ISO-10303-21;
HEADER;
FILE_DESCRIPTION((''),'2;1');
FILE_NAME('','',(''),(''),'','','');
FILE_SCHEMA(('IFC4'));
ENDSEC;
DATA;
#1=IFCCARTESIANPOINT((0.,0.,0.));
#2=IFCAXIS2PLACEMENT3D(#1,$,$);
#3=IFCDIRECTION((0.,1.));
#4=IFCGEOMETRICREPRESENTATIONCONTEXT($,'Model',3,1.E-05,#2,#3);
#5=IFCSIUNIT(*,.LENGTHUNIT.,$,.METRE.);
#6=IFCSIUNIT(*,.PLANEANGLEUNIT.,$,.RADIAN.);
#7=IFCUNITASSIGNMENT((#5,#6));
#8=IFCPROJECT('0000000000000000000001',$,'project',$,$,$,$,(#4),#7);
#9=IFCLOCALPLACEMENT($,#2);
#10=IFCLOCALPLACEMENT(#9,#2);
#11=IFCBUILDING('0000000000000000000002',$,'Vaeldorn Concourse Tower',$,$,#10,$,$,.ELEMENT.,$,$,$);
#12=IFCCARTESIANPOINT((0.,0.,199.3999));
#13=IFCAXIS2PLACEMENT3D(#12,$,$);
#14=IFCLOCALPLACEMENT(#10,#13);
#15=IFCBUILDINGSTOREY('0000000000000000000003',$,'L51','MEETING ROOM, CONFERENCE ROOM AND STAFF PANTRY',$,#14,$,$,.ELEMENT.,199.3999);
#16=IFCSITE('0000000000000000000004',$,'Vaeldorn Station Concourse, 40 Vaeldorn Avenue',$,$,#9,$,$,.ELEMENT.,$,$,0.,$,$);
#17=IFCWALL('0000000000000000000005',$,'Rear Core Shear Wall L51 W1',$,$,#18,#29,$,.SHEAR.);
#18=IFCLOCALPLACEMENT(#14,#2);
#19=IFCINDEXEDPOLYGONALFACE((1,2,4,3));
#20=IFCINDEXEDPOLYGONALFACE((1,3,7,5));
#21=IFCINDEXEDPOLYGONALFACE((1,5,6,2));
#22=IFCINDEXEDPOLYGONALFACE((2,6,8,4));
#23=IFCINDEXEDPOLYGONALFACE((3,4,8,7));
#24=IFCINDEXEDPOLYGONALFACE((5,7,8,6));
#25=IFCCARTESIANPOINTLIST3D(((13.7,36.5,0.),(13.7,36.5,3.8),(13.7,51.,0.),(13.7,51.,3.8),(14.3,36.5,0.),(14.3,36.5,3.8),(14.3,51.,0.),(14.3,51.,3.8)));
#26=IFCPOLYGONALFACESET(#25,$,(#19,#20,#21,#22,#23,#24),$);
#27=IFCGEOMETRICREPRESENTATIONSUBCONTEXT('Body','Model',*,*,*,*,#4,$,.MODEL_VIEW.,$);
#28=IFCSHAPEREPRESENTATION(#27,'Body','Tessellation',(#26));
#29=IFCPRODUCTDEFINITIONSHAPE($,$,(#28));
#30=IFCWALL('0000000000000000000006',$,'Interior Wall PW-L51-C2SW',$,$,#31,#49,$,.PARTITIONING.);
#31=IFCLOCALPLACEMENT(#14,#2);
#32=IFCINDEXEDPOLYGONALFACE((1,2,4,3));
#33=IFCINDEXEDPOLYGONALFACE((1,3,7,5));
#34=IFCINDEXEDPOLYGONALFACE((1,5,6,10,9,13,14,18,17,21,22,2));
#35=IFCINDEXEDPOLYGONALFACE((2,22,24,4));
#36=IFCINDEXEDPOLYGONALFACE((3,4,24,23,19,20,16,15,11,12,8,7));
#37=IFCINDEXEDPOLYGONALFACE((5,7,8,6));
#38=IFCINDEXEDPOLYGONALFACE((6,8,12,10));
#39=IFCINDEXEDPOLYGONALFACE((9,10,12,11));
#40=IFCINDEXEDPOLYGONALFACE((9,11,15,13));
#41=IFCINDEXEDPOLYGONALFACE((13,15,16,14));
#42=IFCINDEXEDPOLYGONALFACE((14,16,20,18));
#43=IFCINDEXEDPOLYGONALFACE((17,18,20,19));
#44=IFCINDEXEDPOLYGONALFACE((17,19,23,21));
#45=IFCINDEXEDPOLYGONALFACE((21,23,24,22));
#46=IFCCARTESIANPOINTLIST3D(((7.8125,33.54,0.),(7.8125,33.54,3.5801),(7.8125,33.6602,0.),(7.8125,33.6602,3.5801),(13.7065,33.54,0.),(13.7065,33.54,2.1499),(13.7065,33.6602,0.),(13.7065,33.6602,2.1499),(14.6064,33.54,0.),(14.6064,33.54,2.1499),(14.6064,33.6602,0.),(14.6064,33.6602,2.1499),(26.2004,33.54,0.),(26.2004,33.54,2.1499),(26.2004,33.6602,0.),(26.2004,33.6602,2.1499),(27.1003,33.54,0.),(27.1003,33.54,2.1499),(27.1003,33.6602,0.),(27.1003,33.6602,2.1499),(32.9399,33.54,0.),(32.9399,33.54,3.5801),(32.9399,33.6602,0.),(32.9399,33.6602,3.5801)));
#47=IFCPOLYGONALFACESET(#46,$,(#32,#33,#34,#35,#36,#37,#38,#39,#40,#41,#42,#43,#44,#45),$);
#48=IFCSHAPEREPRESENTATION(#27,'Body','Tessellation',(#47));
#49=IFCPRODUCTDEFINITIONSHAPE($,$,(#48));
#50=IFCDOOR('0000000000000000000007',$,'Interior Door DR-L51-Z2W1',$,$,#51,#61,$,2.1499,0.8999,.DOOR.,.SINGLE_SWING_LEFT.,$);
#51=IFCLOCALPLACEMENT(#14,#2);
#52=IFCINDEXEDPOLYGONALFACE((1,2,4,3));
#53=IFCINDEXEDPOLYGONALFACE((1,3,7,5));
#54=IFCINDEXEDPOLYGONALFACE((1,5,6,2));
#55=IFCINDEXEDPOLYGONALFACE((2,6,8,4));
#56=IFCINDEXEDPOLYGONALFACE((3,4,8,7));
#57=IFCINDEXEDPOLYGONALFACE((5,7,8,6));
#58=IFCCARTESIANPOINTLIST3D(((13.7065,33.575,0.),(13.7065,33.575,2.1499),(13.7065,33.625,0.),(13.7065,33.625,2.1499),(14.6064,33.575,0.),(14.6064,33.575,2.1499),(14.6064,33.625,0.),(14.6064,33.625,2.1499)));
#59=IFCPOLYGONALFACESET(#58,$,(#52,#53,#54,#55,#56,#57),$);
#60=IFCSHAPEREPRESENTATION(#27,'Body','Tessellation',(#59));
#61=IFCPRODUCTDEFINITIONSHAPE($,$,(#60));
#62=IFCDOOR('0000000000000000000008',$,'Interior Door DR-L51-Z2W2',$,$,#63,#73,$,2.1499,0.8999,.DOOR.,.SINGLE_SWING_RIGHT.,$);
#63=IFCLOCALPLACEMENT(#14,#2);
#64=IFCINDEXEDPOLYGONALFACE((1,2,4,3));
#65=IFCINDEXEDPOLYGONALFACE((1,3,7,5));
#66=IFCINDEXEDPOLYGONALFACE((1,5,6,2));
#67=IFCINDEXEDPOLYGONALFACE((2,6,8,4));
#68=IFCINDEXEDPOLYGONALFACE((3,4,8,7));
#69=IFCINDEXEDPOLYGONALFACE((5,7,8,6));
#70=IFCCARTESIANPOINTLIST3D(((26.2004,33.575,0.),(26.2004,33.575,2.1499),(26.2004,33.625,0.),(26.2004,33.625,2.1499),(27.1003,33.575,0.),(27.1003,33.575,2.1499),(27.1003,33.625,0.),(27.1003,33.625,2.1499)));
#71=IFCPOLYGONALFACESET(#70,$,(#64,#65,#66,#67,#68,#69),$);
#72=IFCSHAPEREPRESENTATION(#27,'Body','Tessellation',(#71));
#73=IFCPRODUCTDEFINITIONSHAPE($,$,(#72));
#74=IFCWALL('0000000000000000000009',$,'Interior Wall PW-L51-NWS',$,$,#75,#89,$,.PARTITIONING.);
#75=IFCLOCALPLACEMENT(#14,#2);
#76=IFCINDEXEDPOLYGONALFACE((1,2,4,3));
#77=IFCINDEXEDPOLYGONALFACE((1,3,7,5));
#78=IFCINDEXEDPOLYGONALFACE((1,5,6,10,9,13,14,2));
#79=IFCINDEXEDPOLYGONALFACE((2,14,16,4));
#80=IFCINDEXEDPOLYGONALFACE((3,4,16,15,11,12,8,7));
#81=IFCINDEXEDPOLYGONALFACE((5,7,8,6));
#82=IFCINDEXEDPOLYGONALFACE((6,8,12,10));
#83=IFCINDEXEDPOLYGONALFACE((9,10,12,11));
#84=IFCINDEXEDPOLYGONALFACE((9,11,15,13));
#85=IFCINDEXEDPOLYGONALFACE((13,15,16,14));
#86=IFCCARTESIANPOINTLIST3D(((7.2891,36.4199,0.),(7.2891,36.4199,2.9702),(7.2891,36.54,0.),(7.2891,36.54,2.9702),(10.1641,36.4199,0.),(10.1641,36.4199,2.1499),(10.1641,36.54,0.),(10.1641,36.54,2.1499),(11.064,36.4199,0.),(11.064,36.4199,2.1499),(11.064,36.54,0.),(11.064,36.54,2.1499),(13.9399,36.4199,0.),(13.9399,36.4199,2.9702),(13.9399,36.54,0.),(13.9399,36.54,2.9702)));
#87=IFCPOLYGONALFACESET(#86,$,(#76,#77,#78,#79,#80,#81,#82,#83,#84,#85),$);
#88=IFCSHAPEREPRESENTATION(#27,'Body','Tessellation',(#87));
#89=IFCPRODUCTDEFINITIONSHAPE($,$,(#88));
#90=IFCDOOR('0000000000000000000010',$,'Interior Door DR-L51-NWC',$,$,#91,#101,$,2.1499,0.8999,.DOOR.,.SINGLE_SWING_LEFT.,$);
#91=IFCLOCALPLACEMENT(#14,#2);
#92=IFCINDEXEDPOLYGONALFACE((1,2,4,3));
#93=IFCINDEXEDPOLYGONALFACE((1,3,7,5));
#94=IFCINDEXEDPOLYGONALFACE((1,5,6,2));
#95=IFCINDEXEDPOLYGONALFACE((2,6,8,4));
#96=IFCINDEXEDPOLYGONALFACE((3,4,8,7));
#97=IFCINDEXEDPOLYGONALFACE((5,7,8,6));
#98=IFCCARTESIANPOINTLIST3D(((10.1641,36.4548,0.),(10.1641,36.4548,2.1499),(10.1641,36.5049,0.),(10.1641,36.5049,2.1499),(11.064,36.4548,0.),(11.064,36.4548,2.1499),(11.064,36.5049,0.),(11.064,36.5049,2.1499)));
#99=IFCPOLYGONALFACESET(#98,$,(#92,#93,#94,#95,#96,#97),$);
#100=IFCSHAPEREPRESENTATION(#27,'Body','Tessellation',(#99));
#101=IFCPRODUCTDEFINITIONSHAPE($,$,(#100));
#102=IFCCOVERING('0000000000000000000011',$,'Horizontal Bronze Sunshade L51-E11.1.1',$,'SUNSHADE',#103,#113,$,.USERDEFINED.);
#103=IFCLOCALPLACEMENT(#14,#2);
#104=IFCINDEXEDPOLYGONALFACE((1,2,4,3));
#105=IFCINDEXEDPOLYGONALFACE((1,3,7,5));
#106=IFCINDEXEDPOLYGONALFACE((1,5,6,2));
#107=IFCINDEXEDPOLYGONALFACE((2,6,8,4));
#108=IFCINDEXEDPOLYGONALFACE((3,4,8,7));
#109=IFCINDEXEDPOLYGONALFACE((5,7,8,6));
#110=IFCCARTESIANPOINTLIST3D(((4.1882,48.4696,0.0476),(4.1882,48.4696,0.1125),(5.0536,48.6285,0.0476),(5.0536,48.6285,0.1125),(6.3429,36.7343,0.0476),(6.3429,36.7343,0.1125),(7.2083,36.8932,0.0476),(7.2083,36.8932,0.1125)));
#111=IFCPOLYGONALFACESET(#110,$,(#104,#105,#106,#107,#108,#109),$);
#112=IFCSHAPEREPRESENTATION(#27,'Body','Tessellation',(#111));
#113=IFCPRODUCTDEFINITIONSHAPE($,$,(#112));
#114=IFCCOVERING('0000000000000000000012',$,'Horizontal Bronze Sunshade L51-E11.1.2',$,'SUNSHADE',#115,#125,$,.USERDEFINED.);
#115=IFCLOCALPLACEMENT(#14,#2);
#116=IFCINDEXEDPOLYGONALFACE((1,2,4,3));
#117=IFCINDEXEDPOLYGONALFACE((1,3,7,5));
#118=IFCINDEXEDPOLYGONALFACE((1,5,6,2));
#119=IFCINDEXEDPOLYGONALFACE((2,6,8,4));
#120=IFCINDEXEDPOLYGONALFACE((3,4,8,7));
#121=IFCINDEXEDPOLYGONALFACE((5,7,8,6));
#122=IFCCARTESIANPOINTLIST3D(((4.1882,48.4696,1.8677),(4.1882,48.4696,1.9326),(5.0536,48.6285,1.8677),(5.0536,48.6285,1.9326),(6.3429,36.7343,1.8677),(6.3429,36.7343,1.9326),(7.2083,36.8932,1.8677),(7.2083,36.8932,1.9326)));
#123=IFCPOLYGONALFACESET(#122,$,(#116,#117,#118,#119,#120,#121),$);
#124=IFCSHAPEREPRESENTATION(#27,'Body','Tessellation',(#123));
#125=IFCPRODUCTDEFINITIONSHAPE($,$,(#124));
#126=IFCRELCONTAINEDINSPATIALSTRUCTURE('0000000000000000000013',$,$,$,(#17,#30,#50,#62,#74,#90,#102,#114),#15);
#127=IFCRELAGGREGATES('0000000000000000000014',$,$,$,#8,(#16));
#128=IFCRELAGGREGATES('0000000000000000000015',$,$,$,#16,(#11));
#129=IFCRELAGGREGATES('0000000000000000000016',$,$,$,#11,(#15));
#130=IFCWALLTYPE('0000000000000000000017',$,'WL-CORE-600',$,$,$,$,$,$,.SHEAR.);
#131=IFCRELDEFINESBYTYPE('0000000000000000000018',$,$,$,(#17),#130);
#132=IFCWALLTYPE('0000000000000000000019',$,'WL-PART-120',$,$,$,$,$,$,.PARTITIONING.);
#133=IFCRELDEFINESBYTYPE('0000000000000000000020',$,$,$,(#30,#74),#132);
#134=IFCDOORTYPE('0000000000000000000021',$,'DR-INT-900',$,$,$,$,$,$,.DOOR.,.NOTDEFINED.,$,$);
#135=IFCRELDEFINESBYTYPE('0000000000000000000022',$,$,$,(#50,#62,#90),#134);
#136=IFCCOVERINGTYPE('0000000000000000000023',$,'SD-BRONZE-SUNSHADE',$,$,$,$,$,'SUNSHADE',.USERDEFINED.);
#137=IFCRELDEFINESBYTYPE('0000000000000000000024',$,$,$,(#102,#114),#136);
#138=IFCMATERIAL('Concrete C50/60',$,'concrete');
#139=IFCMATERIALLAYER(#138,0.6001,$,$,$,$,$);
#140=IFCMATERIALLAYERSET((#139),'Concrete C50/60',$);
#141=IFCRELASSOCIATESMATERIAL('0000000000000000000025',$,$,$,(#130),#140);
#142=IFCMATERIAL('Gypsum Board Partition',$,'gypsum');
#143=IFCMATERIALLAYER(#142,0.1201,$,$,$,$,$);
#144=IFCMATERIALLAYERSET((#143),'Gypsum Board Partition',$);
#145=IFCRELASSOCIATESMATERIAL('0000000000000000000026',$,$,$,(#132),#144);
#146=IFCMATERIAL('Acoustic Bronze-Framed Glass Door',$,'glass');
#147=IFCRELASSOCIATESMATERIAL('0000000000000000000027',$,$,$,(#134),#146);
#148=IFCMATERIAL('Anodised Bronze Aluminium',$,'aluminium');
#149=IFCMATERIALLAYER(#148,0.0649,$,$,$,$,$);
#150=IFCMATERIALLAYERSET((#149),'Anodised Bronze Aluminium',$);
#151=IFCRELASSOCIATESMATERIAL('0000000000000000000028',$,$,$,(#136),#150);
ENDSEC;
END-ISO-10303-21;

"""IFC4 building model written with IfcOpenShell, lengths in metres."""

from ifc_helpers import new_model, si_unit, direction, frame, frame_2d, origin, origin_2d, place, context, subcontext, project, spatial, rectangle, extrude, source, transform, mapped, material, layer, layer_set, type_object, element, fill, save


model = new_model("IFC4")

# Units and contexts
model_context = context("Model", 3, precision=1e-05, world=origin(), true_north=direction((0.0, 1.0)))
body_context = subcontext(model_context, "Body", "Model", "MODEL_VIEW")
ifc_project = project(units=[si_unit("LENGTHUNIT", "METRE"), si_unit("PLANEANGLEUNIT", "RADIAN")], contexts=[model_context])

# Site, building, storey
site_placement = place(None, origin())
site = spatial("IfcSite", under=ifc_project, at=site_placement, Name="Vaeldorn Station Concourse, 40 Vaeldorn Avenue", CompositionType="ELEMENT", RefElevation=0.0)
building_placement = place(site_placement, origin())
building = spatial("IfcBuilding", under=site, at=building_placement, Name="Vaeldorn Concourse Tower", CompositionType="ELEMENT")
storey_placement = place(building_placement, frame((0.0, 0.0, 199.3999)))
storey = spatial("IfcBuildingStorey", under=building, at=storey_placement, Name="L51", Description="MEETING ROOM, CONFERENCE ROOM AND STAFF PANTRY", CompositionType="ELEMENT", Elevation=199.3999)

# Shared definitions
ifc_material_1 = material(Name="Concrete C50/60", Category="concrete")

# Shared definitions
ifc_material_2 = material(Name="Anodised Bronze Aluminium", Category="aluminium")

# Wall
ifc_layer_1 = layer(ifc_material_1, 0.6001)
ifc_layer_set_1 = layer_set([ifc_layer_1], Name="Concrete C50/60")
wall_type_1 = type_object("IfcWallType", Name="WL-CORE-600", PredefinedType="SHEAR", material=ifc_layer_set_1)
wall_1_placement = place(storey_placement, frame((14.0, 36.5, 0.0), z_axis=(0.0, 0.0, 1.0), x_axis=(0.0, 1.0, 0.0)))
element("IfcWall", 1, at=wall_1_placement, inside=storey, type_object=wall_type_1, Name="Rear Core Shear Wall L51 W1", PredefinedType="SHEAR", context=body_context, shape_type="SweptSolid", body=[
    extrude(rectangle(XDim=14.5, YDim=0.6001, at=frame_2d((7.25, 0.0))), origin(), (0.0, 0.0, 1.0), 3.8),
])

# Wall, openings, doors
ifc_material_3 = material(Name="Gypsum Board Partition", Category="gypsum")
ifc_layer_2 = layer(ifc_material_3, 0.1201)
ifc_layer_set_2 = layer_set([ifc_layer_2], Name="Gypsum Board Partition")
wall_type_2 = type_object("IfcWallType", Name="WL-PART-120", PredefinedType="PARTITIONING", material=ifc_layer_set_2)
wall_2_placement = place(storey_placement, frame((7.8125, 33.6001, 0.0), z_axis=(0.0, 0.0, 1.0), x_axis=(1.0, 0.0, 0.0)))
wall_2 = element("IfcWall", 2, at=wall_2_placement, inside=storey, type_object=wall_type_2, Name="Interior Wall PW-L51-C2SW", PredefinedType="PARTITIONING", context=body_context, shape_type="SweptSolid", body=[
    extrude(rectangle(XDim=25.1274, YDim=0.1201, at=frame_2d((12.5637, 0.0))), origin(), (0.0, 0.0, 1.0), 3.5801),
])
opening_1_placement = place(wall_2_placement, frame((5.894, 0.0, 0.0)))
opening_1 = element("IfcOpeningElement", 3, at=opening_1_placement, cuts=wall_2, PredefinedType="OPENING", context=body_context, shape_type="SweptSolid", body=[
    extrude(rectangle(XDim=0.8999, YDim=2.1499, at=frame_2d((0.45, 1.075))), frame((0.0, 0.0701, 0.0), z_axis=(0.0, -1.0, 0.0), x_axis=(1.0, 0.0, 0.0)), (0.0, 0.0, 1.0), 0.1401),
])
opening_2_placement = place(wall_2_placement, frame((18.3879, 0.0, 0.0)))
opening_2 = element("IfcOpeningElement", 4, at=opening_2_placement, cuts=wall_2, PredefinedType="OPENING", context=body_context, shape_type="SweptSolid", body=[
    extrude(rectangle(XDim=0.8999, YDim=2.1499, at=frame_2d((0.45, 1.075))), frame((0.0, 0.0701, 0.0), z_axis=(0.0, -1.0, 0.0), x_axis=(1.0, 0.0, 0.0)), (0.0, 0.0, 1.0), 0.1401),
])
ifc_material_4 = material(Name="Acoustic Bronze-Framed Glass Door", Category="glass")
door_type = type_object("IfcDoorType", Name="DR-INT-900", OperationType="NOTDEFINED", PredefinedType="DOOR", material=ifc_material_4)
shared_shape_1 = source(origin(), body_context, "Body", "SweptSolid", [
    extrude(rectangle(XDim=0.8999, YDim=2.1499, at=frame_2d((0.45, 1.075))), frame((0.0, 0.0249, 0.0), z_axis=(0.0, -1.0, 0.0), x_axis=(1.0, 0.0, 0.0)), (0.0, 0.0, 1.0), 0.05),
])
door_1_placement = place(opening_1_placement, origin())
door_1 = element("IfcDoor", 5, at=door_1_placement, inside=storey, type_object=door_type, Name="Interior Door DR-L51-Z2W1", OperationType="SINGLE_SWING_LEFT", OverallHeight=2.1499, OverallWidth=0.8999, PredefinedType="DOOR", context=body_context, shape_type="MappedRepresentation", body=[
    mapped(shared_shape_1, transform((0.0, 0.0, 0.0), scale=1.0)),
])
fill(opening_1, door_1)
door_2_placement = place(opening_2_placement, origin())
door_2 = element("IfcDoor", 6, at=door_2_placement, inside=storey, type_object=door_type, Name="Interior Door DR-L51-Z2W2", OperationType="SINGLE_SWING_RIGHT", OverallHeight=2.1499, OverallWidth=0.8999, PredefinedType="DOOR", context=body_context, shape_type="MappedRepresentation", body=[
    mapped(shared_shape_1, transform((0.0, 0.0, 0.0), scale=1.0)),
])
fill(opening_2, door_2)

# Wall, opening, door
wall_3_placement = place(storey_placement, frame((7.2891, 36.48, 0.0), z_axis=(0.0, 0.0, 1.0), x_axis=(1.0, 0.0, 0.0)))
wall_3 = element("IfcWall", 7, at=wall_3_placement, inside=storey, type_object=wall_type_2, Name="Interior Wall PW-L51-NWS", PredefinedType="PARTITIONING", context=body_context, shape_type="SweptSolid", body=[
    extrude(rectangle(XDim=6.6509, YDim=0.1201, at=frame_2d((3.3254, 0.0))), origin(), (0.0, 0.0, 1.0), 2.9702),
])
opening_3_placement = place(wall_3_placement, frame((2.875, 0.0, 0.0)))
opening_3 = element("IfcOpeningElement", 8, at=opening_3_placement, cuts=wall_3, PredefinedType="OPENING", context=body_context, shape_type="SweptSolid", body=[
    extrude(rectangle(XDim=0.8999, YDim=2.1499, at=frame_2d((0.45, 1.075))), frame((0.0, 0.0701, 0.0), z_axis=(0.0, -1.0, 0.0), x_axis=(1.0, 0.0, 0.0)), (0.0, 0.0, 1.0), 0.1401),
])
door_3_placement = place(opening_3_placement, origin())
door_3 = element("IfcDoor", 9, at=door_3_placement, inside=storey, type_object=door_type, Name="Interior Door DR-L51-NWC", OperationType="SINGLE_SWING_LEFT", OverallHeight=2.1499, OverallWidth=0.8999, PredefinedType="DOOR", context=body_context, shape_type="MappedRepresentation", body=[
    mapped(shared_shape_1, transform((0.0, 0.0, 0.0), scale=1.0)),
])
fill(opening_3, door_3)

# Coverings
ifc_layer_3 = layer(ifc_material_2, 0.0649)
ifc_layer_set_3 = layer_set([ifc_layer_3], Name="Anodised Bronze Aluminium")
covering_type = type_object("IfcCoveringType", Name="SD-BRONZE-SUNSHADE", ElementType="SUNSHADE", PredefinedType="USERDEFINED", material=ifc_layer_set_3)
shared_shape_2 = source(origin(), body_context, "Body", "SweptSolid", [
    extrude(rectangle(XDim=11.9314, YDim=0.8799, at=origin_2d()), origin(), (0.0, 0.0, 1.0), 0.0649),
])
for number, where, z_axis, x_axis, name in (
    (10, (5.6982, 42.6814, 0.0476), (0.0, 0.0, 1.0), (0.180588, -0.983559, 0.0), "Horizontal Bronze Sunshade L51-E11.1.1"),
    (11, (5.6982, 42.6814, 1.8677), (0.0, 0.0, 1.0), (0.180588, -0.983559, 0.0), "Horizontal Bronze Sunshade L51-E11.1.2"),
):
    element("IfcCovering", number, at=place(storey_placement, frame(where, z_axis=z_axis, x_axis=x_axis)), inside=storey, type_object=covering_type, Name=name, ObjectType="SUNSHADE", PredefinedType="USERDEFINED", context=body_context, shape_type="MappedRepresentation", body=[
        mapped(shared_shape_2, transform((0.0, 0.0, 0.0), scale=1.0)),
    ])

save(model, "model.ifc")
